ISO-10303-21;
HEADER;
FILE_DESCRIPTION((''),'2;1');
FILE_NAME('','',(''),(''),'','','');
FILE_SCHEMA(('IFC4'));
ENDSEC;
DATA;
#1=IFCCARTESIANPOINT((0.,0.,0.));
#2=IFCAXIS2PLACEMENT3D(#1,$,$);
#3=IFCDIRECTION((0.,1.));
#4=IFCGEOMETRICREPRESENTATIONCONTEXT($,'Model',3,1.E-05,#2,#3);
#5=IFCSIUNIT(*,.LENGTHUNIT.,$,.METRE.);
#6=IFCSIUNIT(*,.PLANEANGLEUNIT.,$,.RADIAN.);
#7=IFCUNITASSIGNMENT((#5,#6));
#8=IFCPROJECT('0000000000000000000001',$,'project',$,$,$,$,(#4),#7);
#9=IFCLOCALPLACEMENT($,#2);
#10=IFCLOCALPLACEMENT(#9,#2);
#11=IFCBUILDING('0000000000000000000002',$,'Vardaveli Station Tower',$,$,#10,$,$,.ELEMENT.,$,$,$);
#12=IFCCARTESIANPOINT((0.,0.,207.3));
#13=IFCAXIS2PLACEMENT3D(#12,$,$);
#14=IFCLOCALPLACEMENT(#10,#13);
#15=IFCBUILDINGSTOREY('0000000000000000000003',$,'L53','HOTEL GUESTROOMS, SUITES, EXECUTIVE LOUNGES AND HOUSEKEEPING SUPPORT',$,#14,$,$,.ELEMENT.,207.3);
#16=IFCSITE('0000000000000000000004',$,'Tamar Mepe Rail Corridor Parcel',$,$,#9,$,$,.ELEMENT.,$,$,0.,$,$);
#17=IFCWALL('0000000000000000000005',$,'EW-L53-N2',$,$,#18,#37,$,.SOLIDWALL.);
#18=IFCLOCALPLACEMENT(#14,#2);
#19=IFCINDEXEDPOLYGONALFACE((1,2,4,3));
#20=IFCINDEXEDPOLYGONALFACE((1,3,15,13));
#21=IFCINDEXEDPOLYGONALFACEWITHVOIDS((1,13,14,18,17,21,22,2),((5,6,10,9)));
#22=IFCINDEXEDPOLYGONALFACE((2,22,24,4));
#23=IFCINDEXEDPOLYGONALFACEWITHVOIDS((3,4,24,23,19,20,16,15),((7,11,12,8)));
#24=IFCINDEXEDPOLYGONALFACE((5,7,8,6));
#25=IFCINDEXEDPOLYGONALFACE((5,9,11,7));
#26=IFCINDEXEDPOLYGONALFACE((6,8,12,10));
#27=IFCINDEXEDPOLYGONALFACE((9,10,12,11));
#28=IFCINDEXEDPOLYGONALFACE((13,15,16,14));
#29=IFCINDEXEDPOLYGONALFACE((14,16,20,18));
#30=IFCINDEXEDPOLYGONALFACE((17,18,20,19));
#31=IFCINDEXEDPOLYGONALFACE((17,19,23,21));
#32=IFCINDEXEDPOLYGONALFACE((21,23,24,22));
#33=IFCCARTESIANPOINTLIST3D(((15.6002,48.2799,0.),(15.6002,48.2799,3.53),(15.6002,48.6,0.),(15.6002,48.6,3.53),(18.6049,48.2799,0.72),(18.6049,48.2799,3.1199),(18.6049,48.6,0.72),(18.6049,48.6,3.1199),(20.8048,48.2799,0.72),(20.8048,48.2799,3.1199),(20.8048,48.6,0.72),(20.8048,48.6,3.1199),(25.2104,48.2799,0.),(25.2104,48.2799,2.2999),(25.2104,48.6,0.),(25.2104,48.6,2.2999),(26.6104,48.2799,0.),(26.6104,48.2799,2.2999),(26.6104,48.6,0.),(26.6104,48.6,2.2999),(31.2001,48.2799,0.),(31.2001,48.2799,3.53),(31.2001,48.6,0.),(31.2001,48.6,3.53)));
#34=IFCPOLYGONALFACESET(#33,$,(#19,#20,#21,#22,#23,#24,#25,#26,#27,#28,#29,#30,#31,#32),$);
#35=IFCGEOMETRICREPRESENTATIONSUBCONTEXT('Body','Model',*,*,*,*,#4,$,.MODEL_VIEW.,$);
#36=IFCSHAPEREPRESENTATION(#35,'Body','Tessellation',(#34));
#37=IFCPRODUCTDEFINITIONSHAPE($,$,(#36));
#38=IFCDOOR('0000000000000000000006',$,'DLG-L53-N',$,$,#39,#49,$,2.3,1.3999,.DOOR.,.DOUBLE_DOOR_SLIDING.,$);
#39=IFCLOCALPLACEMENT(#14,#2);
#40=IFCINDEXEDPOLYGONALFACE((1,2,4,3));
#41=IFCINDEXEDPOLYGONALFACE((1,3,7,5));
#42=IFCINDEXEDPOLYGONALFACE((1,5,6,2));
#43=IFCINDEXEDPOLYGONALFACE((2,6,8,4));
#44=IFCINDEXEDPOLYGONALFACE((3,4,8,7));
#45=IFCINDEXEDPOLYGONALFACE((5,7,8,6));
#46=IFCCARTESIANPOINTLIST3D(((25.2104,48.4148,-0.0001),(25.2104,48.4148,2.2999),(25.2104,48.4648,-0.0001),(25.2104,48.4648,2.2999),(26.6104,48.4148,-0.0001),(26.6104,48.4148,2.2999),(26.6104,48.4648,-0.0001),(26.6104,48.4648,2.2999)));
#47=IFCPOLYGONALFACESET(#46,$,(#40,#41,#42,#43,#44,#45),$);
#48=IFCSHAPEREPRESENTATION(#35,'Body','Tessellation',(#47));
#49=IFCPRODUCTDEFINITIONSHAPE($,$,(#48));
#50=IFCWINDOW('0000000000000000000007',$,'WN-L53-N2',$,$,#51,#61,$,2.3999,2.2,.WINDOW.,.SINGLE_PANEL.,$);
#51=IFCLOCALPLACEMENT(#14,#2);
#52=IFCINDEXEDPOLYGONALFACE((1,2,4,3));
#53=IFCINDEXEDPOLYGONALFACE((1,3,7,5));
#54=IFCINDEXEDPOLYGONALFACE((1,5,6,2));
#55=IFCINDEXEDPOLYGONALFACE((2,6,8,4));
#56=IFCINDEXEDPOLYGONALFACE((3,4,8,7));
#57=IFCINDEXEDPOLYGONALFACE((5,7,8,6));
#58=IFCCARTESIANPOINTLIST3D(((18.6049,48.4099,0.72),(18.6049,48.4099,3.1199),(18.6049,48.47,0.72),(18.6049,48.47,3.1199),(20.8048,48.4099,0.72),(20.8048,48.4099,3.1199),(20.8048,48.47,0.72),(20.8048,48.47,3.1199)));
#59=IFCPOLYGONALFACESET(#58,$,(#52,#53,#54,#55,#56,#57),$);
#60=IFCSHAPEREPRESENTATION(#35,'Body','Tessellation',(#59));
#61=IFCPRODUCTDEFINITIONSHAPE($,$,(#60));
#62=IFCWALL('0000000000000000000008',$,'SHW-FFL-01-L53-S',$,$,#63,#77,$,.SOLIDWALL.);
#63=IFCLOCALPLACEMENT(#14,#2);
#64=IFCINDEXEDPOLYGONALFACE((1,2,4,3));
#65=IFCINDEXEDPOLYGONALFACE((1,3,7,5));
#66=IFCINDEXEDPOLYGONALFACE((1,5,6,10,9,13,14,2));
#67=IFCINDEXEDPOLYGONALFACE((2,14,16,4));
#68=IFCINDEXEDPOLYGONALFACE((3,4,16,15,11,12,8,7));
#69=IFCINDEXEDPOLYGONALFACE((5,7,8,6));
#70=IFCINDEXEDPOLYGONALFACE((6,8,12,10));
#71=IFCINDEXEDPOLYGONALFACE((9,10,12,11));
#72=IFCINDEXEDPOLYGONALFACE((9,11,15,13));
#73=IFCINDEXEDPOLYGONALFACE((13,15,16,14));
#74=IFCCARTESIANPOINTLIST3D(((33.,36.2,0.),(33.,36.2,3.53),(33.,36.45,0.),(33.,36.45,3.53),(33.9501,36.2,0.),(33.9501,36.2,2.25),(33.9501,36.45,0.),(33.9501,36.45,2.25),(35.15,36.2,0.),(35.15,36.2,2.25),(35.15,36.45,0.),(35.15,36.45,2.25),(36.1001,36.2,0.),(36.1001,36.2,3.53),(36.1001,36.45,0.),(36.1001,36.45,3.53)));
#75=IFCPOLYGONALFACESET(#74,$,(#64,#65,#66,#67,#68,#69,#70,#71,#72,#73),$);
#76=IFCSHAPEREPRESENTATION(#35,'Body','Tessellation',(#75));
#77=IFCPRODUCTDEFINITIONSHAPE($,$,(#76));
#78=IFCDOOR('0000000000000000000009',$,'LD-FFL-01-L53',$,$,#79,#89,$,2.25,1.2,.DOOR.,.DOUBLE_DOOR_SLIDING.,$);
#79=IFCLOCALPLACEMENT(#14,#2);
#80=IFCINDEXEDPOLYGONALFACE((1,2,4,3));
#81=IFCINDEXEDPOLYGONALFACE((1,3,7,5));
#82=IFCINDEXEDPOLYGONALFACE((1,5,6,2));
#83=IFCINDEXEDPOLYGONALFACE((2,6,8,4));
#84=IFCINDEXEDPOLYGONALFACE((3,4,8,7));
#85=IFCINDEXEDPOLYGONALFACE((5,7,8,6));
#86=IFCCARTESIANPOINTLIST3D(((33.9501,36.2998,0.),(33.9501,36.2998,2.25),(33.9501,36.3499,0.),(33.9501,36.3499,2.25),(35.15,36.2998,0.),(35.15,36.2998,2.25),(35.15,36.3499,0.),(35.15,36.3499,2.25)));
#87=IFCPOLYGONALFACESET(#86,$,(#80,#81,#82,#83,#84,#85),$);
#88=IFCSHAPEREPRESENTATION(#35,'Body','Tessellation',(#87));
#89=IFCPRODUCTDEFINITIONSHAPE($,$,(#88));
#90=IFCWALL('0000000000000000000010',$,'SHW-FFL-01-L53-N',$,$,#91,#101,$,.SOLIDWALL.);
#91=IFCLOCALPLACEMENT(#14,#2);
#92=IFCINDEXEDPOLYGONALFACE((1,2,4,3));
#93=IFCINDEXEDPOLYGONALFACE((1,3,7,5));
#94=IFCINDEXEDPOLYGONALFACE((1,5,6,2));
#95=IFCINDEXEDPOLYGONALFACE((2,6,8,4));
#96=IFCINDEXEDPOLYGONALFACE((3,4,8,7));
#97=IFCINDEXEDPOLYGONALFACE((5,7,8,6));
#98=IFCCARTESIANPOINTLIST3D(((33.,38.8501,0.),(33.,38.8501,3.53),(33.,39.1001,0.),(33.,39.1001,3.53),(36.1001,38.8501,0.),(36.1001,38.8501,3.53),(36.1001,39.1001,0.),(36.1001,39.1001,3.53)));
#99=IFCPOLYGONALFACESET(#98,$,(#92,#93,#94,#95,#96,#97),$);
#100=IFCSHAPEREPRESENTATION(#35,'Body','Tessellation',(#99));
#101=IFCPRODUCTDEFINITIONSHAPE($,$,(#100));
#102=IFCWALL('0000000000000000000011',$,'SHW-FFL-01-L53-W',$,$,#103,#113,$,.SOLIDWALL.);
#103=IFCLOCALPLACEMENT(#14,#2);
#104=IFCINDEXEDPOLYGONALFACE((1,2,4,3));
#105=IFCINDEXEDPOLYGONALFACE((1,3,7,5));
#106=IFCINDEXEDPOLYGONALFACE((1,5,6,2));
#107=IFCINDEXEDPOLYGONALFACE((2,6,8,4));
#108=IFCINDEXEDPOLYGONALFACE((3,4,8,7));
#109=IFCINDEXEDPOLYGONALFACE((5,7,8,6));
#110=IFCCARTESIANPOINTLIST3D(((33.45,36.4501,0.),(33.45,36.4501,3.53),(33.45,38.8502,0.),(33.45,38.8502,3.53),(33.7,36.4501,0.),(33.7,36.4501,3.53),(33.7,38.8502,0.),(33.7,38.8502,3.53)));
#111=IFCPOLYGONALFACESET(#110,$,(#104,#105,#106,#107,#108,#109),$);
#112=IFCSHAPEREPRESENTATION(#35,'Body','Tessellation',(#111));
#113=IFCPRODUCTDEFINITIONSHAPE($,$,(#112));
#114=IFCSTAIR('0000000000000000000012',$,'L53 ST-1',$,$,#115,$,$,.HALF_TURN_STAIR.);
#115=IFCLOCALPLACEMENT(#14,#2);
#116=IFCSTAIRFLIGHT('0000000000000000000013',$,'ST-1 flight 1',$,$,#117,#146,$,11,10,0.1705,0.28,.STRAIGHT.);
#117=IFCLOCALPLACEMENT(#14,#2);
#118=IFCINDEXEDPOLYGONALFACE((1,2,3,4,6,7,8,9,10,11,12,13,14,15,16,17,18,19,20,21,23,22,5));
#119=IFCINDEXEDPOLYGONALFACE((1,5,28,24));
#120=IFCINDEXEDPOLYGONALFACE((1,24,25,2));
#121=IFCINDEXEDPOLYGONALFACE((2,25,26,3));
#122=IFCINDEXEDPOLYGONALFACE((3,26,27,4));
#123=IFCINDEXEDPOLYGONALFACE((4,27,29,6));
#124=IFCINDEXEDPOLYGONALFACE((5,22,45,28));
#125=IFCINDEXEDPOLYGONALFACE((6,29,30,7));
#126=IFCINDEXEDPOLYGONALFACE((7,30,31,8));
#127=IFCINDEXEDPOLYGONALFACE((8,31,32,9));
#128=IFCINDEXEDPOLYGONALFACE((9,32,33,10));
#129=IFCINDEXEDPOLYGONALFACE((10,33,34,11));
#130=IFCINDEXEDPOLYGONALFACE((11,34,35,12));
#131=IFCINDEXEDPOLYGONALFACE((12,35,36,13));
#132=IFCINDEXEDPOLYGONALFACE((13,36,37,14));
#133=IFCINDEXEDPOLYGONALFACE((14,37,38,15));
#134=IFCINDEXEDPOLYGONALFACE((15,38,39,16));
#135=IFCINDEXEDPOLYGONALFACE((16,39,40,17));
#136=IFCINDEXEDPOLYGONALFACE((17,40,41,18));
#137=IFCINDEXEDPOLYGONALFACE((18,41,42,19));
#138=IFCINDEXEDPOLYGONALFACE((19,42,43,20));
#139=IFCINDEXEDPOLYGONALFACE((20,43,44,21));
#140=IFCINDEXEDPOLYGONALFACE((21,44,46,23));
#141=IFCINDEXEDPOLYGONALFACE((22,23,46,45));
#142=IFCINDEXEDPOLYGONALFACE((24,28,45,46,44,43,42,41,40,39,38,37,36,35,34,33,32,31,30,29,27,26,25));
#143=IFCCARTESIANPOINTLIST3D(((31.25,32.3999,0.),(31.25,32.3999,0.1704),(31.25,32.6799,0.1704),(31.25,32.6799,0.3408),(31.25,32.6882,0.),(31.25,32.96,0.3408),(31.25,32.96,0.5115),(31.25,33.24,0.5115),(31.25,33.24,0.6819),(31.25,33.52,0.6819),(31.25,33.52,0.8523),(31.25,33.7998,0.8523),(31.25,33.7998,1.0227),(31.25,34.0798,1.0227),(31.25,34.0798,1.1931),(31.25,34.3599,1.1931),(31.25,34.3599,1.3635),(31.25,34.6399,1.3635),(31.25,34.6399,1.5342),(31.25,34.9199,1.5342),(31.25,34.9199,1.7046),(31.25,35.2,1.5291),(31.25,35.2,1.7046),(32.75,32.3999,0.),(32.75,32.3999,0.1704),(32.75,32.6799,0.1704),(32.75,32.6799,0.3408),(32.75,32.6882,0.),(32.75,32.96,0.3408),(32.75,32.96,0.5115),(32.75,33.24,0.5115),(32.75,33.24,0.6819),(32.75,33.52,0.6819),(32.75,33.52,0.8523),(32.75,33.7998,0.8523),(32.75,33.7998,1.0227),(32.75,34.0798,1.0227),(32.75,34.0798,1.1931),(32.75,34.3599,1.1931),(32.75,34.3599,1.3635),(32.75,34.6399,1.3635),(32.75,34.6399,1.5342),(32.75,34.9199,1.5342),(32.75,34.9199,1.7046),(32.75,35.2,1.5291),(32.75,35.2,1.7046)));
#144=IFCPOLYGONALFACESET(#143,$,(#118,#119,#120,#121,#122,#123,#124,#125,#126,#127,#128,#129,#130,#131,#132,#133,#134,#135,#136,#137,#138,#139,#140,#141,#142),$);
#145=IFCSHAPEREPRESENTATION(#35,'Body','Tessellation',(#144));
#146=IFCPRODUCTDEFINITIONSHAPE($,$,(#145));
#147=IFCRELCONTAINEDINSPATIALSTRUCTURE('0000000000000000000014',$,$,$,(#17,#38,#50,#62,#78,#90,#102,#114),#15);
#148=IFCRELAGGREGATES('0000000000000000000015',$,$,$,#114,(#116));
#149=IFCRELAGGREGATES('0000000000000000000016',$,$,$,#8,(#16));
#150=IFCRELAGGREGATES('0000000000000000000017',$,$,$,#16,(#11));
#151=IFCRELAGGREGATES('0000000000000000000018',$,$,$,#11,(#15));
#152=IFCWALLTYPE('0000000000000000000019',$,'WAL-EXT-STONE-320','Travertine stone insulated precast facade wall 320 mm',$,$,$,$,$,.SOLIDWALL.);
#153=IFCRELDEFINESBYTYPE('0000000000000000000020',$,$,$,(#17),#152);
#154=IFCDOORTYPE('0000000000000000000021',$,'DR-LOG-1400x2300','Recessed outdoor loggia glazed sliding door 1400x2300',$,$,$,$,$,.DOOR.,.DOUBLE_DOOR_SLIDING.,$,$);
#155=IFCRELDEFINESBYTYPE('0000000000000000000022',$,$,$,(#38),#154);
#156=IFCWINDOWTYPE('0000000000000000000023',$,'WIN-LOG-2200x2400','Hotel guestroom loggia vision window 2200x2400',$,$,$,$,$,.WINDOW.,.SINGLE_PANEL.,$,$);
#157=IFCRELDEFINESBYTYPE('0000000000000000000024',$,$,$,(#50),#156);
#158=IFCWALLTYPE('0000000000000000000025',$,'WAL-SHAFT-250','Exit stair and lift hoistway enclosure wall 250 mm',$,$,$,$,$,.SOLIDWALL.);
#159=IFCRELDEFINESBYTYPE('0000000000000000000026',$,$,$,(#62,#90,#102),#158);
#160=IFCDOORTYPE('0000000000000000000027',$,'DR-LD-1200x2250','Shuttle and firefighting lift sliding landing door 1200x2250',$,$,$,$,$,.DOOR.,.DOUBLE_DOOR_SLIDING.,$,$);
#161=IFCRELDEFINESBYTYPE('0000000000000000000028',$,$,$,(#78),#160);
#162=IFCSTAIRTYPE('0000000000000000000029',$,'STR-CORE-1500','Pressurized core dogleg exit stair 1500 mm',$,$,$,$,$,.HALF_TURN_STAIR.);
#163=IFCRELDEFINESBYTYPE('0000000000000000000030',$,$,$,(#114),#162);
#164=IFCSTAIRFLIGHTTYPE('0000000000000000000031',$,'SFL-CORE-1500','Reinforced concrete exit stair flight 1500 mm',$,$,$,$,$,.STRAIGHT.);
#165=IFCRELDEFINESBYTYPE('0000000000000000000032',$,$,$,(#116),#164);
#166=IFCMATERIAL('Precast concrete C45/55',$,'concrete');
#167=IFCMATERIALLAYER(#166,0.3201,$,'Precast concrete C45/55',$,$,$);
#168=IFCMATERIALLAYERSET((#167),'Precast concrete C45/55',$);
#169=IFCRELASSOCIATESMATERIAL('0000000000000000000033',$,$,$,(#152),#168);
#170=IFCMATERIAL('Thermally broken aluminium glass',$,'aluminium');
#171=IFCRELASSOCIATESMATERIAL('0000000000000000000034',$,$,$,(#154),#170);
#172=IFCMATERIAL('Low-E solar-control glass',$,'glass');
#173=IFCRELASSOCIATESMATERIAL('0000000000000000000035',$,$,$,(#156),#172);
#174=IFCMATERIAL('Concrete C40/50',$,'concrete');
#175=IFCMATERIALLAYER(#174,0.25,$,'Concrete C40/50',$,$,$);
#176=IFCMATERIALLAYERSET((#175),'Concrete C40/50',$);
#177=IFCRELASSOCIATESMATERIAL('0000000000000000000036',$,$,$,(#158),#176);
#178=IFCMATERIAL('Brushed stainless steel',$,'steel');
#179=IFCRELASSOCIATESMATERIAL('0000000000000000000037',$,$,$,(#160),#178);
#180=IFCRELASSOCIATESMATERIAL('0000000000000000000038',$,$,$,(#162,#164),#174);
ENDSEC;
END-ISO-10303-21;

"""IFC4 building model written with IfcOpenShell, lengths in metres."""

from ifc_helpers import new_model, si_unit, direction, frame, frame_2d, origin, place, context, subcontext, project, spatial, polyline, rectangle, outline, extrude, source, transform, mapped, material, layer, layer_set, type_object, element, fill, aggregate, save


model = new_model("IFC4")

# Units and contexts
model_context = context("Model", 3, precision=1e-05, world=origin(), true_north=direction((0.0, 1.0)))
body_context = subcontext(model_context, "Body", "Model", "MODEL_VIEW")
ifc_project = project(units=[si_unit("LENGTHUNIT", "METRE"), si_unit("PLANEANGLEUNIT", "RADIAN")], contexts=[model_context])

# Site, building, storey
site_placement = place(None, origin())
site = spatial("IfcSite", under=ifc_project, at=site_placement, Name="Tamar Mepe Rail Corridor Parcel", CompositionType="ELEMENT", RefElevation=0.0)
building_placement = place(site_placement, origin())
building = spatial("IfcBuilding", under=site, at=building_placement, Name="Vardaveli Station Tower", CompositionType="ELEMENT")
storey_placement = place(building_placement, frame((0.0, 0.0, 207.3)))
storey = spatial("IfcBuildingStorey", under=building, at=storey_placement, Name="L53", Description="HOTEL GUESTROOMS, SUITES, EXECUTIVE LOUNGES AND HOUSEKEEPING SUPPORT", CompositionType="ELEMENT", Elevation=207.3)

# Shared definitions
ifc_material_1 = material(Name="Precast concrete C45/55", Category="concrete")

# Wall, openings, door, window
ifc_layer_1 = layer(ifc_material_1, 0.3201, Name="Precast concrete C45/55")
ifc_layer_set_1 = layer_set([ifc_layer_1], Name="Precast concrete C45/55")
wall_type_1 = type_object("IfcWallType", Name="WAL-EXT-STONE-320", Description="Travertine stone insulated precast facade wall 320 mm", PredefinedType="SOLIDWALL", material=ifc_layer_set_1)
shared_shape_1 = source(origin(), body_context, "Body", "SweptSolid", [
    extrude(rectangle(XDim=15.5999, YDim=0.3201, at=frame_2d((7.7998, 0.0))), origin(), (0.0, 0.0, 1.0), 3.53),
])
wall_1_placement = place(storey_placement, frame((31.2, 48.4399, 0.0), z_axis=(0.0, 0.0, 1.0), x_axis=(-1.0, 0.0, 0.0)))
wall_1 = element("IfcWall", 1, at=wall_1_placement, inside=storey, type_object=wall_type_1, Name="EW-L53-N2", PredefinedType="SOLIDWALL", context=body_context, shape_type="MappedRepresentation", body=[
    mapped(shared_shape_1, transform((0.0, 0.0, 0.0), scale=1.0)),
])
shared_shape_2 = source(origin(), body_context, "Body", "SweptSolid", [
    extrude(rectangle(XDim=1.3999, YDim=2.3, at=frame_2d((0.7, 1.1499))), frame((0.0, 0.1699, 0.0), z_axis=(0.0, -1.0, 0.0), x_axis=(1.0, 0.0, 0.0)), (0.0, 0.0, 1.0), 0.3401),
])
opening_1_placement = place(wall_1_placement, frame((4.5896, 0.0, 0.0)))
opening_1 = element("IfcOpeningElement", 2, at=opening_1_placement, cuts=wall_1, PredefinedType="OPENING", context=body_context, shape_type="MappedRepresentation", body=[
    mapped(shared_shape_2, transform((0.0, 0.0, 0.0), scale=1.0)),
])
shared_shape_3 = source(origin(), body_context, "Body", "SweptSolid", [
    extrude(rectangle(XDim=2.2, YDim=2.3999, at=frame_2d((1.1001, 1.2))), frame((0.0, 0.1699, 0.0), z_axis=(0.0, -1.0, 0.0), x_axis=(1.0, 0.0, 0.0)), (0.0, 0.0, 1.0), 0.3401),
])
opening_2_placement = place(wall_1_placement, frame((10.395, 0.0, 0.72)))
opening_2 = element("IfcOpeningElement", 3, at=opening_2_placement, cuts=wall_1, PredefinedType="OPENING", context=body_context, shape_type="MappedRepresentation", body=[
    mapped(shared_shape_3, transform((0.0, 0.0, 0.0), scale=1.0)),
])
ifc_material_2 = material(Name="Thermally broken aluminium glass", Category="aluminium")
door_type_1 = type_object("IfcDoorType", Name="DR-LOG-1400x2300", Description="Recessed outdoor loggia glazed sliding door 1400x2300", OperationType="DOUBLE_DOOR_SLIDING", PredefinedType="DOOR", material=ifc_material_2)
shared_shape_4 = source(origin(), body_context, "Body", "SweptSolid", [
    extrude(rectangle(XDim=1.3999, YDim=2.3, at=frame_2d((0.7, 1.1499))), frame((0.0, 0.0249, 0.0), z_axis=(0.0, -1.0, 0.0), x_axis=(1.0, 0.0, 0.0)), (0.0, 0.0, 1.0), 0.05),
])
door_1_placement = place(opening_1_placement, frame((1.3999, 0.0, 0.0), z_axis=(0.0, 0.0, 1.0), x_axis=(-1.0, 0.0, 0.0)))
door_1 = element("IfcDoor", 4, at=door_1_placement, inside=storey, type_object=door_type_1, Name="DLG-L53-N", OperationType="DOUBLE_DOOR_SLIDING", OverallHeight=2.3, OverallWidth=1.3999, PredefinedType="DOOR", context=body_context, shape_type="MappedRepresentation", body=[
    mapped(shared_shape_4, transform((0.0, 0.0, 0.0), scale=1.0)),
])
fill(opening_1, door_1)
ifc_material_3 = material(Name="Low-E solar-control glass", Category="glass")
window_type = type_object("IfcWindowType", Name="WIN-LOG-2200x2400", Description="Hotel guestroom loggia vision window 2200x2400", PartitioningType="SINGLE_PANEL", PredefinedType="WINDOW", material=ifc_material_3)
shared_shape_5 = source(origin(), body_context, "Body", "SweptSolid", [
    extrude(rectangle(XDim=2.2, YDim=2.3999, at=frame_2d((1.1001, 1.2))), frame((0.0, 0.03, 0.0), z_axis=(0.0, -1.0, 0.0), x_axis=(1.0, 0.0, 0.0)), (0.0, 0.0, 1.0), 0.0601),
])
window_placement = place(opening_2_placement, origin())
window = element("IfcWindow", 5, at=window_placement, inside=storey, type_object=window_type, Name="WN-L53-N2", OverallHeight=2.3999, OverallWidth=2.2, PartitioningType="SINGLE_PANEL", PredefinedType="WINDOW", context=body_context, shape_type="MappedRepresentation", body=[
    mapped(shared_shape_5, transform((0.0, 0.0, 0.0), scale=1.0)),
])
fill(opening_2, window)

# Wall, opening, door
ifc_material_4 = material(Name="Concrete C40/50", Category="concrete")
ifc_layer_2 = layer(ifc_material_4, 0.25, Name="Concrete C40/50")
ifc_layer_set_2 = layer_set([ifc_layer_2], Name="Concrete C40/50")
wall_type_2 = type_object("IfcWallType", Name="WAL-SHAFT-250", Description="Exit stair and lift hoistway enclosure wall 250 mm", PredefinedType="SOLIDWALL", material=ifc_layer_set_2)
shared_shape_6 = source(origin(), body_context, "Body", "SweptSolid", [
    extrude(rectangle(XDim=3.1001, YDim=0.25, at=frame_2d((1.55, 0.0))), origin(), (0.0, 0.0, 1.0), 3.53),
])
wall_2_placement = place(storey_placement, frame((33.0, 36.325, 0.0), z_axis=(0.0, 0.0, 1.0), x_axis=(1.0, 0.0, 0.0)))
wall_2 = element("IfcWall", 6, at=wall_2_placement, inside=storey, type_object=wall_type_2, Name="SHW-FFL-01-L53-S", PredefinedType="SOLIDWALL", context=body_context, shape_type="MappedRepresentation", body=[
    mapped(shared_shape_6, transform((0.0, 0.0, 0.0), scale=1.0)),
])
shared_shape_7 = source(origin(), body_context, "Body", "SweptSolid", [
    extrude(rectangle(XDim=1.2, YDim=2.25, at=frame_2d((0.6001, 1.125))), frame((0.0, 0.135, 0.0), z_axis=(0.0, -1.0, 0.0), x_axis=(1.0, 0.0, 0.0)), (0.0, 0.0, 1.0), 0.27),
])
opening_3_placement = place(wall_2_placement, frame((0.95, 0.0, 0.0)))
opening_3 = element("IfcOpeningElement", 7, at=opening_3_placement, cuts=wall_2, PredefinedType="OPENING", context=body_context, shape_type="MappedRepresentation", body=[
    mapped(shared_shape_7, transform((0.0, 0.0, 0.0), scale=1.0)),
])
ifc_material_5 = material(Name="Brushed stainless steel", Category="steel")
door_type_2 = type_object("IfcDoorType", Name="DR-LD-1200x2250", Description="Shuttle and firefighting lift sliding landing door 1200x2250", OperationType="DOUBLE_DOOR_SLIDING", PredefinedType="DOOR", material=ifc_material_5)
shared_shape_8 = source(origin(), body_context, "Body", "SweptSolid", [
    extrude(rectangle(XDim=1.2, YDim=2.25, at=frame_2d((0.6001, 1.125))), frame((0.0, 0.0249, 0.0), z_axis=(0.0, -1.0, 0.0), x_axis=(1.0, 0.0, 0.0)), (0.0, 0.0, 1.0), 0.05),
])
door_2_placement = place(opening_3_placement, origin())
door_2 = element("IfcDoor", 8, at=door_2_placement, inside=storey, type_object=door_type_2, Name="LD-FFL-01-L53", OperationType="DOUBLE_DOOR_SLIDING", OverallHeight=2.25, OverallWidth=1.2, PredefinedType="DOOR", context=body_context, shape_type="MappedRepresentation", body=[
    mapped(shared_shape_8, transform((0.0, 0.0, 0.0), scale=1.0)),
])
fill(opening_3, door_2)

# Walls
wall_3_placement = place(storey_placement, frame((33.0, 38.9751, 0.0), z_axis=(0.0, 0.0, 1.0), x_axis=(1.0, 0.0, 0.0)))
element("IfcWall", 9, at=wall_3_placement, inside=storey, type_object=wall_type_2, Name="SHW-FFL-01-L53-N", PredefinedType="SOLIDWALL", context=body_context, shape_type="MappedRepresentation", body=[
    mapped(shared_shape_6, transform((0.0, 0.0, 0.0), scale=1.0)),
])
shared_shape_9 = source(origin(), body_context, "Body", "SweptSolid", [
    extrude(rectangle(XDim=2.4001, YDim=0.25, at=frame_2d((1.2002, 0.0))), origin(), (0.0, 0.0, 1.0), 3.53),
])
wall_4_placement = place(storey_placement, frame((33.575, 36.45, 0.0), z_axis=(0.0, 0.0, 1.0), x_axis=(0.0, 1.0, 0.0)))
element("IfcWall", 10, at=wall_4_placement, inside=storey, type_object=wall_type_2, Name="SHW-FFL-01-L53-W", PredefinedType="SOLIDWALL", context=body_context, shape_type="MappedRepresentation", body=[
    mapped(shared_shape_9, transform((0.0, 0.0, 0.0), scale=1.0)),
])

# Stair, stair flight
stair_type = type_object("IfcStairType", Name="STR-CORE-1500", Description="Pressurized core dogleg exit stair 1500 mm", PredefinedType="HALF_TURN_STAIR", material=ifc_material_4)
stair_placement = place(storey_placement, origin())
stair = element("IfcStair", 11, at=stair_placement, inside=storey, type_object=stair_type, Name="L53 ST-1", PredefinedType="HALF_TURN_STAIR")
stair_flight_type = type_object("IfcStairFlightType", Name="SFL-CORE-1500", Description="Reinforced concrete exit stair flight 1500 mm", PredefinedType="STRAIGHT", material=ifc_material_4)
shared_shape_10 = source(origin(), body_context, "Body", "SweptSolid", [
    extrude(outline(polyline([(0.0, 0.0), (0.0, 0.1704), (0.28, 0.1704), (0.28, 0.3408), (0.5601, 0.3408), (0.5601, 0.5115), (0.8401, 0.5115), (0.8401, 0.6819), (1.1201, 0.6819), (1.1201, 0.8523), (1.3999, 0.8523), (1.3999, 1.0227), (1.6799, 1.0227), (1.6799, 1.1931), (1.96, 1.1931), (1.96, 1.3635), (2.24, 1.3635), (2.24, 1.5342), (2.52, 1.5342), (2.52, 1.7046), (2.8, 1.7046), (2.8, 1.875), (2.8, 1.5291), (0.2883, 0.0), (0.0, 0.0)])), frame((0.0, 0.75, 0.0), z_axis=(0.0, -1.0, 0.0), x_axis=(1.0, 0.0, 0.0)), (0.0, 0.0, 1.0), 1.5),
])
stair_flight_1_placement = place(storey_placement, frame((32.0, 32.3999, 0.0), z_axis=(0.0, 0.0, 1.0), x_axis=(0.0, 1.0, 0.0)))
stair_flight_1 = element("IfcStairFlight", 12, at=stair_flight_1_placement, type_object=stair_flight_type, Name="ST-1 flight 1", NumberOfRisers=11, NumberOfTreads=10, PredefinedType="STRAIGHT", RiserHeight=0.1705, TreadLength=0.28, context=body_context, shape_type="MappedRepresentation", body=[
    mapped(shared_shape_10, transform((0.0, 0.0, 0.0), scale=1.0)),
])
aggregate(stair, [stair_flight_1])

save(model, "model.ifc")
